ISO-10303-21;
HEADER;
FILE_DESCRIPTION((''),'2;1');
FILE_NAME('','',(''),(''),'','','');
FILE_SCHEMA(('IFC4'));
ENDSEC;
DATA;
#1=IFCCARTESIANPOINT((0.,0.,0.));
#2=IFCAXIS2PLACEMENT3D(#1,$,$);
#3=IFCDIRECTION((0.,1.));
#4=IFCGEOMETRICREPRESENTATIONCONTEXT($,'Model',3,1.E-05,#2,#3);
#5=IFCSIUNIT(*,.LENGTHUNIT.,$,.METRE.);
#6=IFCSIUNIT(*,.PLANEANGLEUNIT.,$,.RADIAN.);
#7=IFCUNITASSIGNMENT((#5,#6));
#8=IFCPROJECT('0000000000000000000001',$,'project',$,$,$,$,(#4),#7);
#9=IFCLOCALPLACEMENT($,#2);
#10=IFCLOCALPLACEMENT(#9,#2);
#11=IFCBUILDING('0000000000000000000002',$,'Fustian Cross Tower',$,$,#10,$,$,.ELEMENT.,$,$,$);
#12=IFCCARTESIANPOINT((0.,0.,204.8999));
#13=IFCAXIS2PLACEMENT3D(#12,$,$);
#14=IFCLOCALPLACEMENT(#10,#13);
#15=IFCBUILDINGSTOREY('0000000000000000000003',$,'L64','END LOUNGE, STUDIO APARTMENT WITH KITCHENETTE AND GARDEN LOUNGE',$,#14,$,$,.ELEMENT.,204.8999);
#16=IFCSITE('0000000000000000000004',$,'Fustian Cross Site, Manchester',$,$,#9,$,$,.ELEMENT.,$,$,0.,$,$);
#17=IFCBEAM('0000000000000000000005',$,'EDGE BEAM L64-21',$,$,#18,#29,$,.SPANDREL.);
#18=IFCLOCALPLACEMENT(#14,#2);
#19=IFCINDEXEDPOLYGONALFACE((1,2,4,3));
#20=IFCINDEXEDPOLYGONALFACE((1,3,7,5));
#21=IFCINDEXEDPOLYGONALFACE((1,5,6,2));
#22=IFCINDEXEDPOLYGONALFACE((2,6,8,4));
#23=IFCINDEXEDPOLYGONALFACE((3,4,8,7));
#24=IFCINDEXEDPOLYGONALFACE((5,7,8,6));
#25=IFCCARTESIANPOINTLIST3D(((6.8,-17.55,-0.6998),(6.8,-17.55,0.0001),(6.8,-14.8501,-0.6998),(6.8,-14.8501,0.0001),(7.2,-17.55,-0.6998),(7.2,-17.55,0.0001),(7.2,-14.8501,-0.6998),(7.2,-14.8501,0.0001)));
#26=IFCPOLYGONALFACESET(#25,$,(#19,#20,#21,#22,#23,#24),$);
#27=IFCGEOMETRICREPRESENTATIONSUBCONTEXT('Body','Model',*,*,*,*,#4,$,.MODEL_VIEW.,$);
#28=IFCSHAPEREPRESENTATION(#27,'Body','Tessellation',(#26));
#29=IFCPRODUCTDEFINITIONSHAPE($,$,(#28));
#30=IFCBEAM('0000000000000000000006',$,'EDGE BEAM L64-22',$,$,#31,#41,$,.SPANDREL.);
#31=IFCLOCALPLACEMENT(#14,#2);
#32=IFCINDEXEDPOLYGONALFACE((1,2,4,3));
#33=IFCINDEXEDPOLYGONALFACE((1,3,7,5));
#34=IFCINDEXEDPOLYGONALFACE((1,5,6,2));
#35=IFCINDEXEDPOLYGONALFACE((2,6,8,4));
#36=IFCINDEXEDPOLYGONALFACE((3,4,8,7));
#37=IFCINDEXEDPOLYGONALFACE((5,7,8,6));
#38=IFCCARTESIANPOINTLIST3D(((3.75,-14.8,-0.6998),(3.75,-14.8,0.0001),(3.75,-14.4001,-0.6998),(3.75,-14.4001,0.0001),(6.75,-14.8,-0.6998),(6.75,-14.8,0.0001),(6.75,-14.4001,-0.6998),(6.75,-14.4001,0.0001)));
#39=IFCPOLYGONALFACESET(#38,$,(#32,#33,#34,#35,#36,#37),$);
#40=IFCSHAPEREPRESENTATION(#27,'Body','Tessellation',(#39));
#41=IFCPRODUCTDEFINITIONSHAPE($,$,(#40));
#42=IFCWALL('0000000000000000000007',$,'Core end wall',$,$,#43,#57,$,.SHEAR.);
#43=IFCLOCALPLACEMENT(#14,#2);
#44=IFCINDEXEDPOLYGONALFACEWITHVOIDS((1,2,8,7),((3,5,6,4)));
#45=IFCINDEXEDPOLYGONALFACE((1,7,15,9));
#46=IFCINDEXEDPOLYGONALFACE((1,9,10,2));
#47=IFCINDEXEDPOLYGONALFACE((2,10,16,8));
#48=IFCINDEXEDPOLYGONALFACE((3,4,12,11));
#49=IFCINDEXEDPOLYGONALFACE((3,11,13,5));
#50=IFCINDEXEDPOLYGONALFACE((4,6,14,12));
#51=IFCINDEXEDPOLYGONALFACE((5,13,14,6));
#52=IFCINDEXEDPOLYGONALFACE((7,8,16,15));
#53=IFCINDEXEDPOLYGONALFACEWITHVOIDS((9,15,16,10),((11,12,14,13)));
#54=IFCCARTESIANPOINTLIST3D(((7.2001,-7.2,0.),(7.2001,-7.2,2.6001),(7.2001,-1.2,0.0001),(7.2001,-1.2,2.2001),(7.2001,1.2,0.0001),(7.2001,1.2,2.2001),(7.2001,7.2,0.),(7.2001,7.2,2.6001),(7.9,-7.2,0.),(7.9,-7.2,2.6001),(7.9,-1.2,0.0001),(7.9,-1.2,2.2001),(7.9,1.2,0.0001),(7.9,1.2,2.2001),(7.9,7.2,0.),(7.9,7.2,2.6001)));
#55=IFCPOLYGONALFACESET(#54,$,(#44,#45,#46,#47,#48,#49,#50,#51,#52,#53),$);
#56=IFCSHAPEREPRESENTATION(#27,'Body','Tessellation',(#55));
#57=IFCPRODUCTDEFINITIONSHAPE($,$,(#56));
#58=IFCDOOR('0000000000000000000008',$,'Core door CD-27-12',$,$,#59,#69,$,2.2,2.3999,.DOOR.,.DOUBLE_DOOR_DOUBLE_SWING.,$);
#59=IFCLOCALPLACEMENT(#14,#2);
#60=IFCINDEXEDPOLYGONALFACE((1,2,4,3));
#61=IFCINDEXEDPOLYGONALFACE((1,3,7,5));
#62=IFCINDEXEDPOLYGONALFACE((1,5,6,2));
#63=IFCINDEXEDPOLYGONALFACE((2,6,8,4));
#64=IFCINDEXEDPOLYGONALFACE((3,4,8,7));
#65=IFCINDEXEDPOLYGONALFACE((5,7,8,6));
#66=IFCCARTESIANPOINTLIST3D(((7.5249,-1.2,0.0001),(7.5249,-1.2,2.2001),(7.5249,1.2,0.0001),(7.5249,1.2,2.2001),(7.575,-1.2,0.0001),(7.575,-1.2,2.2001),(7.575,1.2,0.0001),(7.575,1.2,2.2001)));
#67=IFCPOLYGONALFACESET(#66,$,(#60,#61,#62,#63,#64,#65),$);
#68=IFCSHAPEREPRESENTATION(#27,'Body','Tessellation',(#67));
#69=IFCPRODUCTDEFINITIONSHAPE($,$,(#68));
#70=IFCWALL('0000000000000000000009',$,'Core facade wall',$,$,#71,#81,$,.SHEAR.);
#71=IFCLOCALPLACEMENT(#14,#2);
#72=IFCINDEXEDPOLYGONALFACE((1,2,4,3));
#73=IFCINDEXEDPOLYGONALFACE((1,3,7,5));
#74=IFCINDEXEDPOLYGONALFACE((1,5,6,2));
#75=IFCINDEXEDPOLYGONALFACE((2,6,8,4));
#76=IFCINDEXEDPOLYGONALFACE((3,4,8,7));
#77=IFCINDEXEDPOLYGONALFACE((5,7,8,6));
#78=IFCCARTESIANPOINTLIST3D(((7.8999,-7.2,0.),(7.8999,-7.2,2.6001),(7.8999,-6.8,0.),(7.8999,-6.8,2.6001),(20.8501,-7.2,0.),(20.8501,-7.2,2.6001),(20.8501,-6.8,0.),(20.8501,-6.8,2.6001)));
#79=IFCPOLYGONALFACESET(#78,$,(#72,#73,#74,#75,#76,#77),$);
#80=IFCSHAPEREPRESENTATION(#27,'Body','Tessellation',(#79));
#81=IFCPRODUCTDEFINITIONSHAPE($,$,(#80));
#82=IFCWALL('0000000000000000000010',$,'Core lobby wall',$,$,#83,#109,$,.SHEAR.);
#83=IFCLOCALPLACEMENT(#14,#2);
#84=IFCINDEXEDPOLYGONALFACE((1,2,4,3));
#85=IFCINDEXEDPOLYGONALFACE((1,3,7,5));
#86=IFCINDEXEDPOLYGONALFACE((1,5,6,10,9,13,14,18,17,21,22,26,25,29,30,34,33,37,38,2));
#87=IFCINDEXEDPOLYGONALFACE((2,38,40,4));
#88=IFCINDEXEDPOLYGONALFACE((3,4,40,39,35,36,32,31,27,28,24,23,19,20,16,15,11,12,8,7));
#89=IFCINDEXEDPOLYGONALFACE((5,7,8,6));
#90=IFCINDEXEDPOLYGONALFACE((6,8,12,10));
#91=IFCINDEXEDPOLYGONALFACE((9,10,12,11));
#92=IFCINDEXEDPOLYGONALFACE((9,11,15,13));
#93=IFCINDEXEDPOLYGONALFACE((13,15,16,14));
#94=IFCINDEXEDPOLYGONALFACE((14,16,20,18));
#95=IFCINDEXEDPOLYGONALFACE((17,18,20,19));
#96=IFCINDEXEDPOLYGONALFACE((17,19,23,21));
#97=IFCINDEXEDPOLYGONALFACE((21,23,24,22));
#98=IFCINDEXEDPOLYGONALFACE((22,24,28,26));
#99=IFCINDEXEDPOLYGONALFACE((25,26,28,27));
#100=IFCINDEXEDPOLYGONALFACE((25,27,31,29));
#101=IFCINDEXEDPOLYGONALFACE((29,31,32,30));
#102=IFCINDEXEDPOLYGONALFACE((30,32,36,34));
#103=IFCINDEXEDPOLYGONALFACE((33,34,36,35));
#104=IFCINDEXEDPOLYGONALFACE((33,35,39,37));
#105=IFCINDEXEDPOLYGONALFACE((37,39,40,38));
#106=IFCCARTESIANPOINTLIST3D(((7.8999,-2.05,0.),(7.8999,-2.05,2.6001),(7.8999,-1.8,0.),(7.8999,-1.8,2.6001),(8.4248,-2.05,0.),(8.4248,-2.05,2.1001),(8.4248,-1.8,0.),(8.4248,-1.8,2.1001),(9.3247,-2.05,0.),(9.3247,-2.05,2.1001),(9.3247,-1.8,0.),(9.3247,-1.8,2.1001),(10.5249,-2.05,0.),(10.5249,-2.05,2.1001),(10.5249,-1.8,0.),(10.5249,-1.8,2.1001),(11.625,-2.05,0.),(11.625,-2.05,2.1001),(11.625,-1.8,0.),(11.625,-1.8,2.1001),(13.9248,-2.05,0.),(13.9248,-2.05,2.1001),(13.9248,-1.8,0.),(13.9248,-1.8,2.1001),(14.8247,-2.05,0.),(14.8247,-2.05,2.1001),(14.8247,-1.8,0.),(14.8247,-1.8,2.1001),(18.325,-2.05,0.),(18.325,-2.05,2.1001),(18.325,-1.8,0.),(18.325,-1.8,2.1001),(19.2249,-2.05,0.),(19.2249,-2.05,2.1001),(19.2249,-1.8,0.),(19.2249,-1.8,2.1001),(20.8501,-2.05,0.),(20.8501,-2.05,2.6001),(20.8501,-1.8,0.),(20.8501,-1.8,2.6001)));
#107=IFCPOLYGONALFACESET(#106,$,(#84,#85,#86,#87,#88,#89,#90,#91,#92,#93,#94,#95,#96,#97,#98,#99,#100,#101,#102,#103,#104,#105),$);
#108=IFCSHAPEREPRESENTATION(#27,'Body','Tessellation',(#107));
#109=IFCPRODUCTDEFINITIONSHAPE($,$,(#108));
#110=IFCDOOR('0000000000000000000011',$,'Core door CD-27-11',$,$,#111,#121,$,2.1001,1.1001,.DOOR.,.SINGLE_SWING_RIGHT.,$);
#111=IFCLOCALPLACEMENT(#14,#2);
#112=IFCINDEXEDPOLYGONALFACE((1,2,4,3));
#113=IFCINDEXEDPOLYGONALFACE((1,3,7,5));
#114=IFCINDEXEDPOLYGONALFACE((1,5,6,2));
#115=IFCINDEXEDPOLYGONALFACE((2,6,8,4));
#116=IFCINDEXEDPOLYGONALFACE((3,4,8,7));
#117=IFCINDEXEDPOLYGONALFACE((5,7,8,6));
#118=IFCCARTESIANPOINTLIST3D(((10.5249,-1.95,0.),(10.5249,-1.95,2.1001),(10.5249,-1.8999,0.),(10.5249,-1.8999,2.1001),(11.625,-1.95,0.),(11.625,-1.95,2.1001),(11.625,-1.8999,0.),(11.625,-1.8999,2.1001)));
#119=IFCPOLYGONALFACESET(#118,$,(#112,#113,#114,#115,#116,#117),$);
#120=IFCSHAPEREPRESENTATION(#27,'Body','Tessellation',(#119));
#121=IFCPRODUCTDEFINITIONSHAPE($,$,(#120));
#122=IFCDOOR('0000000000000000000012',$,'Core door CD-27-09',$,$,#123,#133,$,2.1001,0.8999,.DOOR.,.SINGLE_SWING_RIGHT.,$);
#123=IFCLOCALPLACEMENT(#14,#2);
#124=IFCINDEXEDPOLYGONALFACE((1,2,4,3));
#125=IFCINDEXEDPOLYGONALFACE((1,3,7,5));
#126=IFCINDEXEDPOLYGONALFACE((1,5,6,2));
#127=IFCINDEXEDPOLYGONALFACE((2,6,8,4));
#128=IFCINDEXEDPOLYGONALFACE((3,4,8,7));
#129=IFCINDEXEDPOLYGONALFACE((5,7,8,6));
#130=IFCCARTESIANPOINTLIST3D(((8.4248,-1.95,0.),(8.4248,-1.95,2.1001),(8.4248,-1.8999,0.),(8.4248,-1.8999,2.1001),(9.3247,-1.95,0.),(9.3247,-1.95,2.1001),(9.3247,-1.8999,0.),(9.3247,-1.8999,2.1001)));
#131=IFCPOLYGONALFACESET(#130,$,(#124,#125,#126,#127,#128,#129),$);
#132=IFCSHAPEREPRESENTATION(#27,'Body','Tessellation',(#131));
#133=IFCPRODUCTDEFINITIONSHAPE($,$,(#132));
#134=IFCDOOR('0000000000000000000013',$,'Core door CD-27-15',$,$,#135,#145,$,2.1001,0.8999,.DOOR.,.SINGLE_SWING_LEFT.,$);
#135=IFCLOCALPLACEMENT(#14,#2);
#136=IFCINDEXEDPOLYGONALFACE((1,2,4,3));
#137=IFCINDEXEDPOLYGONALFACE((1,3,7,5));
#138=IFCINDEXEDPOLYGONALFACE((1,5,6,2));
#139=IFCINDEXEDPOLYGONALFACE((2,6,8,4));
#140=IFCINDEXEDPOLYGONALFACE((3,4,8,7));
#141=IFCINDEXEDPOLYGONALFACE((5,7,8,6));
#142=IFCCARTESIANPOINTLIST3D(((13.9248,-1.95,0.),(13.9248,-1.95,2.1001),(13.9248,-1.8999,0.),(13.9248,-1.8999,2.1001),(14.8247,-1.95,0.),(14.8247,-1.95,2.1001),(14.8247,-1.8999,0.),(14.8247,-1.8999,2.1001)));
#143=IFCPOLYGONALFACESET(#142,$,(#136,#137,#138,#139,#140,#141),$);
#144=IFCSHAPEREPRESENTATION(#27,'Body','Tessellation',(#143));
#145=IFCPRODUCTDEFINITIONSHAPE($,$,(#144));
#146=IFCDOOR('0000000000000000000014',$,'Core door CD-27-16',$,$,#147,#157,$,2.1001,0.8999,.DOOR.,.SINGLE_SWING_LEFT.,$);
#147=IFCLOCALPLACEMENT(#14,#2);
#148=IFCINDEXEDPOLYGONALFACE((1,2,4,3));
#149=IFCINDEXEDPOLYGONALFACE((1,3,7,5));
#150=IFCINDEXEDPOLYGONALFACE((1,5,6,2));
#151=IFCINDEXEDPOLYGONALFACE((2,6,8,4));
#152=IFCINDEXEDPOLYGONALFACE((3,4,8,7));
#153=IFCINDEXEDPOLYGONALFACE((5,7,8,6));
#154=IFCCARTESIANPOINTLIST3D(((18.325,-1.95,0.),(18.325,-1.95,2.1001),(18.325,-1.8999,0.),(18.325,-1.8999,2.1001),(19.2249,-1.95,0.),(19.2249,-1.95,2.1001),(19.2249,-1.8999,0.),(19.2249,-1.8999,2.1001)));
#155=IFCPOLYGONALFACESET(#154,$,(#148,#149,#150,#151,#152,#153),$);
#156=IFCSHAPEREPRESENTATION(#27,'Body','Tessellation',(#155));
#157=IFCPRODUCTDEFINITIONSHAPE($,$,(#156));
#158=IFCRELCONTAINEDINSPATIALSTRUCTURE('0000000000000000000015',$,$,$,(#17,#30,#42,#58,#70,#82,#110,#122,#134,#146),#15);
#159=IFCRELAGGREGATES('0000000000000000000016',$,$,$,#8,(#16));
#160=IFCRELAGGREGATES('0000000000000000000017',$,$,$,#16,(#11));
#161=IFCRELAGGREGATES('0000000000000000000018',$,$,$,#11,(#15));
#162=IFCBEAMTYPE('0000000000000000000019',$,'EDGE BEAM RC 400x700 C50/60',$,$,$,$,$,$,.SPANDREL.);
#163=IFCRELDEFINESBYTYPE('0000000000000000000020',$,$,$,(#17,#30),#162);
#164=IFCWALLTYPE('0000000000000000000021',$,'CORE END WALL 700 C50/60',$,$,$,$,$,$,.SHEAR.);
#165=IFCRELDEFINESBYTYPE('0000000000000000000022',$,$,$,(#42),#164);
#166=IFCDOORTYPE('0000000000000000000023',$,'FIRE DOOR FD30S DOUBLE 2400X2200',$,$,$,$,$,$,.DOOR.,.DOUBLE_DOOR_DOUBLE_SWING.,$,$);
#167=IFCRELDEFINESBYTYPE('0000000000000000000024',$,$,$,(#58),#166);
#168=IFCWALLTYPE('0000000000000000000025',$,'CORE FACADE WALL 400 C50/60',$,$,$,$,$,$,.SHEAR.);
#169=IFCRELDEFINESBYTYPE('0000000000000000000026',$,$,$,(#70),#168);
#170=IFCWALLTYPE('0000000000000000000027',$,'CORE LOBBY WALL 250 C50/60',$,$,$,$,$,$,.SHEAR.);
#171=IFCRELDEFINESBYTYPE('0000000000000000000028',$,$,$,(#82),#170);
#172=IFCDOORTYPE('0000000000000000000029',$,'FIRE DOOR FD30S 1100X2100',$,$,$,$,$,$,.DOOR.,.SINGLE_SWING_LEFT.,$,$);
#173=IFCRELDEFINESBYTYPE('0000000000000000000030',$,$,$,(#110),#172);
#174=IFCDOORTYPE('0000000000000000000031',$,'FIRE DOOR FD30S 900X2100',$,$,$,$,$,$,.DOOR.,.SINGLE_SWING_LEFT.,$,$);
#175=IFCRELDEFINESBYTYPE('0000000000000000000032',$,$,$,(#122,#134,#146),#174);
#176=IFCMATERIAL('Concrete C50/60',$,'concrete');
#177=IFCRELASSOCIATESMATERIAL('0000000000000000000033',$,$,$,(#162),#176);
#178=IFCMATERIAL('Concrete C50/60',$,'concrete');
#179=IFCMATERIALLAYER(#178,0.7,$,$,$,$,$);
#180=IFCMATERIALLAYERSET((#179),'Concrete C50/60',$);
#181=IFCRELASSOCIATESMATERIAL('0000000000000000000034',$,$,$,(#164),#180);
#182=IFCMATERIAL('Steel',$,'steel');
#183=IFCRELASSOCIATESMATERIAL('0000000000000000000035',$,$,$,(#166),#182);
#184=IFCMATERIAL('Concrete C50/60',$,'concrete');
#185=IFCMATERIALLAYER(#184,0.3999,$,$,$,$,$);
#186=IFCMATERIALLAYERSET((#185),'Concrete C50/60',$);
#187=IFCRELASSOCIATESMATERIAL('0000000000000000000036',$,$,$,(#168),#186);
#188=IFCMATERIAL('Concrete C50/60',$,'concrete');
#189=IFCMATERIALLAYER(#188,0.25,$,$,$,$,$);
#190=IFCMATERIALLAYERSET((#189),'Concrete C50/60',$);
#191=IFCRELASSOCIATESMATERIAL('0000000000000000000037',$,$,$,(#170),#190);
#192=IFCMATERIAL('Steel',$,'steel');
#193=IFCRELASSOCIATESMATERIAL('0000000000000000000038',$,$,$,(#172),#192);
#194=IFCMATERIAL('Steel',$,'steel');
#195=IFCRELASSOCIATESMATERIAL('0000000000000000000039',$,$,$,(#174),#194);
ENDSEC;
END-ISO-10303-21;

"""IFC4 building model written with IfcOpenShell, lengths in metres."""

from ifc_helpers import new_model, si_unit, direction, frame, frame_2d, origin, origin_2d, place, context, subcontext, project, spatial, rectangle, extrude, material, layer, layer_set, material_profile, profile_set, type_object, element, fill, save


model = new_model("IFC4")

# Units and contexts
model_context = context("Model", 3, precision=1e-05, world=origin(), true_north=direction((0.0, 1.0)))
body_context = subcontext(model_context, "Body", "Model", "MODEL_VIEW")
ifc_project = project(units=[si_unit("LENGTHUNIT", "METRE"), si_unit("PLANEANGLEUNIT", "RADIAN")], contexts=[model_context])

# Site, building, storey
site_placement = place(None, origin())
site = spatial("IfcSite", under=ifc_project, at=site_placement, Name="Fustian Cross Site, Manchester", CompositionType="ELEMENT", RefElevation=0.0)
building_placement = place(site_placement, origin())
building = spatial("IfcBuilding", under=site, at=building_placement, Name="Fustian Cross Tower", CompositionType="ELEMENT")
storey_placement = place(building_placement, frame((0.0, 0.0, 204.8999)))
storey = spatial("IfcBuildingStorey", under=building, at=storey_placement, Name="L64", Description="END LOUNGE, STUDIO APARTMENT WITH KITCHENETTE AND GARDEN LOUNGE", CompositionType="ELEMENT", Elevation=204.8999)

# Beams
ifc_material_1 = material(Name="Concrete C50/60", Category="concrete")
ifc_material_profile = material_profile(ifc_material_1, rectangle(XDim=0.3999, YDim=0.7, at=origin_2d()), Name="RC 400x700")
ifc_profile_set = profile_set([ifc_material_profile], Name="Concrete C50/60")
beam_type = type_object("IfcBeamType", Name="EDGE BEAM RC 400x700 C50/60", PredefinedType="SPANDREL", material=ifc_profile_set)
beam_1_placement = place(storey_placement, frame((7.0, -17.55, -0.3499), z_axis=(0.0, 1.0, 0.0), x_axis=(-1.0, 0.0, 0.0)))
element("IfcBeam", 1, at=beam_1_placement, inside=storey, type_object=beam_type, Name="EDGE BEAM L64-21", PredefinedType="SPANDREL", context=body_context, shape_type="SweptSolid", body=[
    extrude(rectangle(XDim=0.3999, YDim=0.7, at=origin_2d()), origin(), (0.0, 0.0, 1.0), 2.7),
])
beam_2_placement = place(storey_placement, frame((6.75, -14.6001, -0.3499), z_axis=(-1.0, 0.0, 0.0), x_axis=(0.0, -1.0, 0.0)))
element("IfcBeam", 2, at=beam_2_placement, inside=storey, type_object=beam_type, Name="EDGE BEAM L64-22", PredefinedType="SPANDREL", context=body_context, shape_type="SweptSolid", body=[
    extrude(rectangle(XDim=0.3999, YDim=0.7, at=origin_2d()), origin(), (0.0, 0.0, 1.0), 3.0),
])

# Wall, opening, door
ifc_material_2 = material(Name="Concrete C50/60", Category="concrete")
ifc_layer_1 = layer(ifc_material_2, 0.7)
ifc_layer_set_1 = layer_set([ifc_layer_1], Name="Concrete C50/60")
wall_type_1 = type_object("IfcWallType", Name="CORE END WALL 700 C50/60", PredefinedType="SHEAR", material=ifc_layer_set_1)
wall_1_placement = place(storey_placement, frame((7.55, -7.2, 0.0), z_axis=(0.0, 0.0, 1.0), x_axis=(0.0, 1.0, 0.0)))
wall_1 = element("IfcWall", 3, at=wall_1_placement, inside=storey, type_object=wall_type_1, Name="Core end wall", PredefinedType="SHEAR", context=body_context, shape_type="SweptSolid", body=[
    extrude(rectangle(XDim=14.3999, YDim=0.7, at=frame_2d((7.2, 0.0))), origin(), (0.0, 0.0, 1.0), 2.6001),
])
opening_1_placement = place(wall_1_placement, frame((6.0, 0.0, 0.0)))
opening_1 = element("IfcOpeningElement", 4, at=opening_1_placement, cuts=wall_1, PredefinedType="OPENING", context=body_context, shape_type="SweptSolid", body=[
    extrude(rectangle(XDim=2.3999, YDim=2.2, at=frame_2d((1.2, 1.1001))), frame((0.0, 0.3599, 0.0), z_axis=(0.0, -1.0, 0.0), x_axis=(1.0, 0.0, 0.0)), (0.0, 0.0, 1.0), 0.72),
])
ifc_material_3 = material(Name="Steel", Category="steel")
door_type_1 = type_object("IfcDoorType", Name="FIRE DOOR FD30S DOUBLE 2400X2200", OperationType="DOUBLE_DOOR_DOUBLE_SWING", PredefinedType="DOOR", material=ifc_material_3)
door_1_placement = place(opening_1_placement, frame((2.3999, 0.0, 0.0), z_axis=(0.0, 0.0, 1.0), x_axis=(-1.0, 0.0, 0.0)))
door_1 = element("IfcDoor", 5, at=door_1_placement, inside=storey, type_object=door_type_1, Name="Core door CD-27-12", OperationType="DOUBLE_DOOR_DOUBLE_SWING", OverallHeight=2.2, OverallWidth=2.3999, PredefinedType="DOOR", context=body_context, shape_type="SweptSolid", body=[
    extrude(rectangle(XDim=2.3999, YDim=2.2, at=frame_2d((1.2, 1.1001))), frame((0.0, 0.0249, 0.0), z_axis=(0.0, -1.0, 0.0), x_axis=(1.0, 0.0, 0.0)), (0.0, 0.0, 1.0), 0.05),
])
fill(opening_1, door_1)

# Wall
ifc_material_4 = material(Name="Concrete C50/60", Category="concrete")
ifc_layer_2 = layer(ifc_material_4, 0.3999)
ifc_layer_set_2 = layer_set([ifc_layer_2], Name="Concrete C50/60")
wall_type_2 = type_object("IfcWallType", Name="CORE FACADE WALL 400 C50/60", PredefinedType="SHEAR", material=ifc_layer_set_2)
wall_2_placement = place(storey_placement, frame((7.8999, -7.0, 0.0), z_axis=(0.0, 0.0, 1.0), x_axis=(1.0, 0.0, 0.0)))
element("IfcWall", 6, at=wall_2_placement, inside=storey, type_object=wall_type_2, Name="Core facade wall", PredefinedType="SHEAR", context=body_context, shape_type="SweptSolid", body=[
    extrude(rectangle(XDim=12.9502, YDim=0.3999, at=frame_2d((6.4751, 0.0))), origin(), (0.0, 0.0, 1.0), 2.6001),
])

# Wall, openings, doors
ifc_material_5 = material(Name="Concrete C50/60", Category="concrete")
ifc_layer_3 = layer(ifc_material_5, 0.25)
ifc_layer_set_3 = layer_set([ifc_layer_3], Name="Concrete C50/60")
wall_type_3 = type_object("IfcWallType", Name="CORE LOBBY WALL 250 C50/60", PredefinedType="SHEAR", material=ifc_layer_set_3)
wall_3_placement = place(storey_placement, frame((7.8999, -1.925, 0.0), z_axis=(0.0, 0.0, 1.0), x_axis=(1.0, 0.0, 0.0)))
wall_3 = element("IfcWall", 7, at=wall_3_placement, inside=storey, type_object=wall_type_3, Name="Core lobby wall", PredefinedType="SHEAR", context=body_context, shape_type="SweptSolid", body=[
    extrude(rectangle(XDim=12.9502, YDim=0.25, at=frame_2d((6.4751, 0.0))), origin(), (0.0, 0.0, 1.0), 2.6001),
])
opening_2_placement = place(wall_3_placement, frame((0.5249, 0.0, 0.0)))
opening_2 = element("IfcOpeningElement", 8, at=opening_2_placement, cuts=wall_3, PredefinedType="OPENING", context=body_context, shape_type="SweptSolid", body=[
    extrude(rectangle(XDim=0.8999, YDim=2.1001, at=frame_2d((0.45, 1.05))), frame((0.0, 0.135, 0.0), z_axis=(0.0, -1.0, 0.0), x_axis=(1.0, 0.0, 0.0)), (0.0, 0.0, 1.0), 0.27),
])
opening_3_placement = place(wall_3_placement, frame((2.625, 0.0, 0.0)))
opening_3 = element("IfcOpeningElement", 9, at=opening_3_placement, cuts=wall_3, PredefinedType="OPENING", context=body_context, shape_type="SweptSolid", body=[
    extrude(rectangle(XDim=1.1001, YDim=2.1001, at=frame_2d((0.55, 1.05))), frame((0.0, 0.135, 0.0), z_axis=(0.0, -1.0, 0.0), x_axis=(1.0, 0.0, 0.0)), (0.0, 0.0, 1.0), 0.27),
])
opening_4_placement = place(wall_3_placement, frame((6.0249, 0.0, 0.0)))
opening_4 = element("IfcOpeningElement", 10, at=opening_4_placement, cuts=wall_3, PredefinedType="OPENING", context=body_context, shape_type="SweptSolid", body=[
    extrude(rectangle(XDim=0.8999, YDim=2.1001, at=frame_2d((0.45, 1.05))), frame((0.0, 0.135, 0.0), z_axis=(0.0, -1.0, 0.0), x_axis=(1.0, 0.0, 0.0)), (0.0, 0.0, 1.0), 0.27),
])
opening_5_placement = place(wall_3_placement, frame((10.425, 0.0, 0.0)))
opening_5 = element("IfcOpeningElement", 11, at=opening_5_placement, cuts=wall_3, PredefinedType="OPENING", context=body_context, shape_type="SweptSolid", body=[
    extrude(rectangle(XDim=0.8999, YDim=2.1001, at=frame_2d((0.45, 1.05))), frame((0.0, 0.135, 0.0), z_axis=(0.0, -1.0, 0.0), x_axis=(1.0, 0.0, 0.0)), (0.0, 0.0, 1.0), 0.27),
])
ifc_material_6 = material(Name="Steel", Category="steel")
door_type_2 = type_object("IfcDoorType", Name="FIRE DOOR FD30S 1100X2100", OperationType="SINGLE_SWING_LEFT", PredefinedType="DOOR", material=ifc_material_6)
door_2_placement = place(opening_3_placement, frame((1.1001, 0.0, 0.0), z_axis=(0.0, 0.0, 1.0), x_axis=(-1.0, 0.0, 0.0)))
door_2 = element("IfcDoor", 12, at=door_2_placement, inside=storey, type_object=door_type_2, Name="Core door CD-27-11", OperationType="SINGLE_SWING_RIGHT", OverallHeight=2.1001, OverallWidth=1.1001, PredefinedType="DOOR", context=body_context, shape_type="SweptSolid", body=[
    extrude(rectangle(XDim=1.1001, YDim=2.1001, at=frame_2d((0.55, 1.05))), frame((0.0, 0.0249, 0.0), z_axis=(0.0, -1.0, 0.0), x_axis=(1.0, 0.0, 0.0)), (0.0, 0.0, 1.0), 0.05),
])
fill(opening_3, door_2)
ifc_material_7 = material(Name="Steel", Category="steel")
door_type_3 = type_object("IfcDoorType", Name="FIRE DOOR FD30S 900X2100", OperationType="SINGLE_SWING_LEFT", PredefinedType="DOOR", material=ifc_material_7)
door_3_placement = place(opening_2_placement, frame((0.8999, 0.0, 0.0), z_axis=(0.0, 0.0, 1.0), x_axis=(-1.0, 0.0, 0.0)))
door_3 = element("IfcDoor", 13, at=door_3_placement, inside=storey, type_object=door_type_3, Name="Core door CD-27-09", OperationType="SINGLE_SWING_RIGHT", OverallHeight=2.1001, OverallWidth=0.8999, PredefinedType="DOOR", context=body_context, shape_type="SweptSolid", body=[
    extrude(rectangle(XDim=0.8999, YDim=2.1001, at=frame_2d((0.45, 1.05))), frame((0.0, 0.0249, 0.0), z_axis=(0.0, -1.0, 0.0), x_axis=(1.0, 0.0, 0.0)), (0.0, 0.0, 1.0), 0.05),
])
fill(opening_2, door_3)
door_4_placement = place(opening_4_placement, frame((0.8999, 0.0, 0.0), z_axis=(0.0, 0.0, 1.0), x_axis=(-1.0, 0.0, 0.0)))
door_4 = element("IfcDoor", 14, at=door_4_placement, inside=storey, type_object=door_type_3, Name="Core door CD-27-15", OperationType="SINGLE_SWING_LEFT", OverallHeight=2.1001, OverallWidth=0.8999, PredefinedType="DOOR", context=body_context, shape_type="SweptSolid", body=[
    extrude(rectangle(XDim=0.8999, YDim=2.1001, at=frame_2d((0.45, 1.05))), frame((0.0, 0.0249, 0.0), z_axis=(0.0, -1.0, 0.0), x_axis=(1.0, 0.0, 0.0)), (0.0, 0.0, 1.0), 0.05),
])
fill(opening_4, door_4)
door_5_placement = place(opening_5_placement, frame((0.8999, 0.0, 0.0), z_axis=(0.0, 0.0, 1.0), x_axis=(-1.0, 0.0, 0.0)))
door_5 = element("IfcDoor", 15, at=door_5_placement, inside=storey, type_object=door_type_3, Name="Core door CD-27-16", OperationType="SINGLE_SWING_LEFT", OverallHeight=2.1001, OverallWidth=0.8999, PredefinedType="DOOR", context=body_context, shape_type="SweptSolid", body=[
    extrude(rectangle(XDim=0.8999, YDim=2.1001, at=frame_2d((0.45, 1.05))), frame((0.0, 0.0249, 0.0), z_axis=(0.0, -1.0, 0.0), x_axis=(1.0, 0.0, 0.0)), (0.0, 0.0, 1.0), 0.05),
])
fill(opening_5, door_5)

save(model, "model.ifc")
